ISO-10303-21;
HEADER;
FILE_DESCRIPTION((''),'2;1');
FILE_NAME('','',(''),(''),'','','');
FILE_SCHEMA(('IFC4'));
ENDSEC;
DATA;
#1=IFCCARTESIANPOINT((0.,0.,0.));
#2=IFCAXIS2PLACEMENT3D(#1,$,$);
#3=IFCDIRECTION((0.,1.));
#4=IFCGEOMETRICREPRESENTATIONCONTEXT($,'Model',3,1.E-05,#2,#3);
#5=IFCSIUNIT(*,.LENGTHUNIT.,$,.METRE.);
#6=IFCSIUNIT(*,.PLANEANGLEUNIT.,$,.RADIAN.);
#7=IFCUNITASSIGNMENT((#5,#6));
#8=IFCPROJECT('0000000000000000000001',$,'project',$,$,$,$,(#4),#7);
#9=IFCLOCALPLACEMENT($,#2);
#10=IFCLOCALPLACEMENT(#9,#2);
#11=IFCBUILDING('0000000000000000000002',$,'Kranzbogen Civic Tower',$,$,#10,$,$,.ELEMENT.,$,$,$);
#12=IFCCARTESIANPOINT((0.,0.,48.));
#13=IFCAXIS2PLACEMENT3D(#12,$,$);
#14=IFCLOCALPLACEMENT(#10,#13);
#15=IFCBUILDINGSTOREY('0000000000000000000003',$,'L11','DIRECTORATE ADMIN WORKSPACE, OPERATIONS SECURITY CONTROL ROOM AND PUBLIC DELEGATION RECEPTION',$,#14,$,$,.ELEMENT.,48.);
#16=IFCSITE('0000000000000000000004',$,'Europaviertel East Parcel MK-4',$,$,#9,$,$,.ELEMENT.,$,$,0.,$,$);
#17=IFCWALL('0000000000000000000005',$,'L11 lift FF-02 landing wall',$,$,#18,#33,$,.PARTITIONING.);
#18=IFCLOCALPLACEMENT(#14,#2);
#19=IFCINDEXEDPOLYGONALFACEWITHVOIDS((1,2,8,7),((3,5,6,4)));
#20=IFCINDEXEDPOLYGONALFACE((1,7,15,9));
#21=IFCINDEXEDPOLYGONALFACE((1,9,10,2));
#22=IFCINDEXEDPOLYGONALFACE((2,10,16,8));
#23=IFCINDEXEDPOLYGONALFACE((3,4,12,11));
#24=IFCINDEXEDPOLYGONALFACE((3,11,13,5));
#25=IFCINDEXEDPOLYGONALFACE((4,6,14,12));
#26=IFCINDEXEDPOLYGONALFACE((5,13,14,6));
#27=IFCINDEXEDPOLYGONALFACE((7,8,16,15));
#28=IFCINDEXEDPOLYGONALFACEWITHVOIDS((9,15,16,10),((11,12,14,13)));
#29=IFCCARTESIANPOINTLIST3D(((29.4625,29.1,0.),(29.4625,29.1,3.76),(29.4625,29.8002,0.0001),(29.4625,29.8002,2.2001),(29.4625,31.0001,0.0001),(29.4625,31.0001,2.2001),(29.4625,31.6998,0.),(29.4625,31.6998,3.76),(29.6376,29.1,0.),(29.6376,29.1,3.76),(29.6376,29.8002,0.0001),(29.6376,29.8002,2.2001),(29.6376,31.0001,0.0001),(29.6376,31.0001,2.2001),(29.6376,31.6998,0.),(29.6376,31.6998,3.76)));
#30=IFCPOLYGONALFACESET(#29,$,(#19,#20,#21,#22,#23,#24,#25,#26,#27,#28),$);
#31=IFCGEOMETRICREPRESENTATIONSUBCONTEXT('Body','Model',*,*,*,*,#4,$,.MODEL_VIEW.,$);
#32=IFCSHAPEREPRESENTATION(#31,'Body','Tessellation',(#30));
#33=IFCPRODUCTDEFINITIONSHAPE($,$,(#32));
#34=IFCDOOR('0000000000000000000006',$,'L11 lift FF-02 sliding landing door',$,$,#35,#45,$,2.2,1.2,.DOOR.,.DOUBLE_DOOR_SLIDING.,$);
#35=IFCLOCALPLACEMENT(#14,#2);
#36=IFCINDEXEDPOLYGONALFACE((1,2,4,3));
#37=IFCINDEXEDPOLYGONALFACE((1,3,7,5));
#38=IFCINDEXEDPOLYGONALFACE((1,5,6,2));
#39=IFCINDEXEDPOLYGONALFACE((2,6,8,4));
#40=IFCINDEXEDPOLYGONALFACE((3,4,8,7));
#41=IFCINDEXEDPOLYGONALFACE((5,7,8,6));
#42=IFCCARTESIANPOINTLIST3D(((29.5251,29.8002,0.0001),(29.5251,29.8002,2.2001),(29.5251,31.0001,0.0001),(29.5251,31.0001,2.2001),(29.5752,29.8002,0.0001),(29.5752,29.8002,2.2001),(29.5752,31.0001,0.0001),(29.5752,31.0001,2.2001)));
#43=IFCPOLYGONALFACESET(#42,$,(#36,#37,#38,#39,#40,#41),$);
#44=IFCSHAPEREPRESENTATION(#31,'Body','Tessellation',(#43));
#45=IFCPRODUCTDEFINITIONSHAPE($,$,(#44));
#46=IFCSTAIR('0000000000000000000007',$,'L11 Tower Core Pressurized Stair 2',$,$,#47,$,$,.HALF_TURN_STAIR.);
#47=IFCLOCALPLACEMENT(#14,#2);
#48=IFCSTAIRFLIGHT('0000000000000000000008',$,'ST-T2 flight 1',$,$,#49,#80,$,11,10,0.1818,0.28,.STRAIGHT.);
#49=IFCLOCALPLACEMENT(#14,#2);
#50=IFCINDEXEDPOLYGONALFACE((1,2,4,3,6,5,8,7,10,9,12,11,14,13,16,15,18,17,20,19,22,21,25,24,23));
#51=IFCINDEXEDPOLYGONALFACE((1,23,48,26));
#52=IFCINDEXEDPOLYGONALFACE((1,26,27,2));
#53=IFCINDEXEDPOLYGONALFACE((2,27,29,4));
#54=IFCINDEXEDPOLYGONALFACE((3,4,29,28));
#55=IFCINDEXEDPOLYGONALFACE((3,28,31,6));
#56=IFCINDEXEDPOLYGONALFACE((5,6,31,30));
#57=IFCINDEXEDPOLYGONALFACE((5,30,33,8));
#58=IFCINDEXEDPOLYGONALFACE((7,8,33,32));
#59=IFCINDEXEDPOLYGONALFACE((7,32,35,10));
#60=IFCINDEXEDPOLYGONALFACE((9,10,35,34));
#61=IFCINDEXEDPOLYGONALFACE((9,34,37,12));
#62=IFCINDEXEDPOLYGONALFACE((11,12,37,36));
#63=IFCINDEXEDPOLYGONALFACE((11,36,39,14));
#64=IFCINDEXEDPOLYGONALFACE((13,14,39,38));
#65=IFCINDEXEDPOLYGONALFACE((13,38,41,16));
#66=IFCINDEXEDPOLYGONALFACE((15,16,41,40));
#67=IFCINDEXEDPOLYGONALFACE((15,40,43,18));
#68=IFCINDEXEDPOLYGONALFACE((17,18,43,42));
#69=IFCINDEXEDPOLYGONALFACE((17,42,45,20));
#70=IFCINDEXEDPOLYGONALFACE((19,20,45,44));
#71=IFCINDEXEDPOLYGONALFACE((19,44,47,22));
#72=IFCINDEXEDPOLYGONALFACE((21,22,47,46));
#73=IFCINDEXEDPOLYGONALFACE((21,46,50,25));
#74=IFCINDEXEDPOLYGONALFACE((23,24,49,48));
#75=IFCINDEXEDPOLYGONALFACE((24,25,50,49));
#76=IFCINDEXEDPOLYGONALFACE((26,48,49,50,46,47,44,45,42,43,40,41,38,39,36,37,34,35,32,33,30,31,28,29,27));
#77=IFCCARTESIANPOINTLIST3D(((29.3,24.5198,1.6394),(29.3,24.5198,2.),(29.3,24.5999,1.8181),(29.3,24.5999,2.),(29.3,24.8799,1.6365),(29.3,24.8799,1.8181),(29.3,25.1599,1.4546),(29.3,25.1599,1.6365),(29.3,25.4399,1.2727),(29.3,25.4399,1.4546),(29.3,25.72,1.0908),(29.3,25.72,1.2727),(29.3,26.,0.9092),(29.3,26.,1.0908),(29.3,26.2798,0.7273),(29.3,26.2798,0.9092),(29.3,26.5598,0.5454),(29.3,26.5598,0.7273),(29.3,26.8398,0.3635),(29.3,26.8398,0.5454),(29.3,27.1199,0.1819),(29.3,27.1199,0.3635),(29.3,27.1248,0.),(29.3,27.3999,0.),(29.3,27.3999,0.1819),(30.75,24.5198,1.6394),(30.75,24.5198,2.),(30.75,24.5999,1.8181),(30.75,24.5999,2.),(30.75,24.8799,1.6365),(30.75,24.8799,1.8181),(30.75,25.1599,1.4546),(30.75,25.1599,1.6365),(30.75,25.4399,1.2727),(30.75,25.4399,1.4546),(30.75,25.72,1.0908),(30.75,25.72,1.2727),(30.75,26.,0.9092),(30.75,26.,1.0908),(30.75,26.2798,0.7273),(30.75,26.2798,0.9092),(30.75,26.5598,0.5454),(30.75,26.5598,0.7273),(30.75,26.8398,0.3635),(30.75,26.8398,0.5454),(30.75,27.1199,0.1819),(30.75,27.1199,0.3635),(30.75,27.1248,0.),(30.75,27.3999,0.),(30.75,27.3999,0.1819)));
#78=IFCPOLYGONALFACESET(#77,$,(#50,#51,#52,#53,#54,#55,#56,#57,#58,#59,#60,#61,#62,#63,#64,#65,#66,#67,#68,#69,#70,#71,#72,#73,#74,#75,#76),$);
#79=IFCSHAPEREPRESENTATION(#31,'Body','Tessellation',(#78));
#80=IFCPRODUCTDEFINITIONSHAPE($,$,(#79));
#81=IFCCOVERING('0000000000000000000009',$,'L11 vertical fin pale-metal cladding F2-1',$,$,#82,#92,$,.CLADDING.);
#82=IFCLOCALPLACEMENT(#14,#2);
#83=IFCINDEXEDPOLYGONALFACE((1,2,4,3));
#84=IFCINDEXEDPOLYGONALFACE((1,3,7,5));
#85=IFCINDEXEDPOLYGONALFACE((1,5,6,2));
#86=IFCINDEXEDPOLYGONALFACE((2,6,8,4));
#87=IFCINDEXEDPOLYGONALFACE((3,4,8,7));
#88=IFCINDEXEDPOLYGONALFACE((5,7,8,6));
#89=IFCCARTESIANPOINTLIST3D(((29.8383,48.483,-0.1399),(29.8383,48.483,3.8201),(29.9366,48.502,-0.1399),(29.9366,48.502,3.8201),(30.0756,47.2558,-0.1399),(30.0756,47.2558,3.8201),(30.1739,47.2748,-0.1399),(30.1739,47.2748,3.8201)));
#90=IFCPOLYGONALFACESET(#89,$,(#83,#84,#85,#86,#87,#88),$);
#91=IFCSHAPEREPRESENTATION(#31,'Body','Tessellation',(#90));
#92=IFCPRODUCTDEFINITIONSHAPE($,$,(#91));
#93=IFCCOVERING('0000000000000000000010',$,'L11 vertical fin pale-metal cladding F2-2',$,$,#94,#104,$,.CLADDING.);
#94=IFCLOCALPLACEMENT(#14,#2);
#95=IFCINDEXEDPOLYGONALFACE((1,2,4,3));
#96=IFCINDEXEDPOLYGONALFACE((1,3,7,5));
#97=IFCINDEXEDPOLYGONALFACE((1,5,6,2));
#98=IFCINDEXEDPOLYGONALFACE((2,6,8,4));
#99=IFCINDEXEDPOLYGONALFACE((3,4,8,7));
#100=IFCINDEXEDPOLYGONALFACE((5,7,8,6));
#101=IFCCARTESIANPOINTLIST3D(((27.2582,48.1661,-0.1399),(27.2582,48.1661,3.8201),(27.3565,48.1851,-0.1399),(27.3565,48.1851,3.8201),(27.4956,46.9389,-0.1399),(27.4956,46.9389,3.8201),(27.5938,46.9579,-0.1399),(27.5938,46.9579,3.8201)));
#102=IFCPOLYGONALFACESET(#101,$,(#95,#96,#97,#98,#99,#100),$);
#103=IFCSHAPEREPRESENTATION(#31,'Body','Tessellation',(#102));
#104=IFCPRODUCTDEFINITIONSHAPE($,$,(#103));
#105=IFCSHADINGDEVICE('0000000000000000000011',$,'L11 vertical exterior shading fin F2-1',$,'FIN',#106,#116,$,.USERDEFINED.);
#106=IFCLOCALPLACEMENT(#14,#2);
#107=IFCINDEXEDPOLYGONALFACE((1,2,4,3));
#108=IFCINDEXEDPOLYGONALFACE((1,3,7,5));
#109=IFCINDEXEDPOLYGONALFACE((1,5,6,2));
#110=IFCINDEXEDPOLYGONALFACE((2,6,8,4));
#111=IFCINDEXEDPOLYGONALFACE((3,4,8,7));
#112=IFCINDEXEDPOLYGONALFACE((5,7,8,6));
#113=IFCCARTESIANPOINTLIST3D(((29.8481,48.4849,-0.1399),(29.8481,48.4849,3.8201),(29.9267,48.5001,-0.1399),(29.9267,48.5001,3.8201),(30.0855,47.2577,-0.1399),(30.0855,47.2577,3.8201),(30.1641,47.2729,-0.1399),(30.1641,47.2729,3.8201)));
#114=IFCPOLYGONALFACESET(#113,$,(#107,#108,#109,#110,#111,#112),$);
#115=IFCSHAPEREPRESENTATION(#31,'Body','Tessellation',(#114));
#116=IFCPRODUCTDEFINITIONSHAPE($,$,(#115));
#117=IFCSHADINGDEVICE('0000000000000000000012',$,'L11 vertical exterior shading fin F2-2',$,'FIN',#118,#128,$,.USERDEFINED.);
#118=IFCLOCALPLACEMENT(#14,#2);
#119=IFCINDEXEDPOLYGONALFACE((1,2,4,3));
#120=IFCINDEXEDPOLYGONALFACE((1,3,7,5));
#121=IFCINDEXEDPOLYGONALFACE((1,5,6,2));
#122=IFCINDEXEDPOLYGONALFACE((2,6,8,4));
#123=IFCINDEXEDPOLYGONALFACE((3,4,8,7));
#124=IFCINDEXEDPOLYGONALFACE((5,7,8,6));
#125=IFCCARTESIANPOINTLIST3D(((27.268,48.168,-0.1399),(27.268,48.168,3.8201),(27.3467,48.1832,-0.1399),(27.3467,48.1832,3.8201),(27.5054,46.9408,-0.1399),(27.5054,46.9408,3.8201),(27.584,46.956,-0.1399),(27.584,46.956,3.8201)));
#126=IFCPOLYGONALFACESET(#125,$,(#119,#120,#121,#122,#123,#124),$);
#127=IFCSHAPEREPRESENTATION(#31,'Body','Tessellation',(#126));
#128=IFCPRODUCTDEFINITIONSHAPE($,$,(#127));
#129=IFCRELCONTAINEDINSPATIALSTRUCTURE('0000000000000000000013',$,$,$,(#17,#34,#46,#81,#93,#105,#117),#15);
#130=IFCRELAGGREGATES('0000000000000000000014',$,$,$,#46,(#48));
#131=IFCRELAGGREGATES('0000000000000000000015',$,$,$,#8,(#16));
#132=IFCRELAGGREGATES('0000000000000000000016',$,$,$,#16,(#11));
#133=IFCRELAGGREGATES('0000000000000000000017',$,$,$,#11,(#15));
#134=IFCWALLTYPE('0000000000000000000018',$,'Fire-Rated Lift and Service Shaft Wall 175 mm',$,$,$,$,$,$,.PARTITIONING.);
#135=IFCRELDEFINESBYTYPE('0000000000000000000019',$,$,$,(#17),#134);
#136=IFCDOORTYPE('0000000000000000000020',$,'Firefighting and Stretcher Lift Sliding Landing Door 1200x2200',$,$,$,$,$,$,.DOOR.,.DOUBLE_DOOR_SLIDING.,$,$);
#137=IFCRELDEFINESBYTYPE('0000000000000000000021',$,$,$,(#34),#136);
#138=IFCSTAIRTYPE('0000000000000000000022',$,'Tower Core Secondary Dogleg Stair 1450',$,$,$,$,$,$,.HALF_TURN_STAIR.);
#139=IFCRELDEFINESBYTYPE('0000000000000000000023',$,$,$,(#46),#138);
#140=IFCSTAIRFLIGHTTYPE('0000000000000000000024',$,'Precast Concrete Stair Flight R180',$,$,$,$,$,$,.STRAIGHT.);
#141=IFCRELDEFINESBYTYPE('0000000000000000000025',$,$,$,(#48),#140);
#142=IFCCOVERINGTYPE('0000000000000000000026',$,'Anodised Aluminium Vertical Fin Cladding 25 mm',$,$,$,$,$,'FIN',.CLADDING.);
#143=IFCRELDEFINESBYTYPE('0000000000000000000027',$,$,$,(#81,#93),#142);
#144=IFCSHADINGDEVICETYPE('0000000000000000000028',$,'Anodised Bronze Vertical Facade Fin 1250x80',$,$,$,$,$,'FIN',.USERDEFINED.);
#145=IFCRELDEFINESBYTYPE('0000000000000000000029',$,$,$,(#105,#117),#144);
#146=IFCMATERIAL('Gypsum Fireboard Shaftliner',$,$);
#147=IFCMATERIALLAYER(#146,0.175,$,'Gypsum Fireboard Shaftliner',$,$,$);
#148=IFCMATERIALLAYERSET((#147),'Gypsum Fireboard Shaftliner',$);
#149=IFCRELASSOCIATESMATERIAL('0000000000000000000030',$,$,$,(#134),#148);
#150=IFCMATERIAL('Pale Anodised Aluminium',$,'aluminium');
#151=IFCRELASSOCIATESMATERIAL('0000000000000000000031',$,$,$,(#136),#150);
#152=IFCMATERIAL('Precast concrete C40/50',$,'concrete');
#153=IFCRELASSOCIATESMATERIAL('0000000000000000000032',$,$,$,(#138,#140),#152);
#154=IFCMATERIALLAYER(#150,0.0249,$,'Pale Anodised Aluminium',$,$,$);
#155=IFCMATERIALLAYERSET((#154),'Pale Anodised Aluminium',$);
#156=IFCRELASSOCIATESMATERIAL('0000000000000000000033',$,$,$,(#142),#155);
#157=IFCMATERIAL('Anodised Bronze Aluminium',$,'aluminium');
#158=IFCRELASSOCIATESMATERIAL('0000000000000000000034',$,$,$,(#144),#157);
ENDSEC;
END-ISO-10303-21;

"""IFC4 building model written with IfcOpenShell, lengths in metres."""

from ifc_helpers import new_model, si_unit, direction, frame, frame_2d, origin, origin_2d, place, context, subcontext, project, spatial, polyline, rectangle, outline, extrude, material, layer, layer_set, type_object, element, fill, aggregate, save


model = new_model("IFC4")

# Units and contexts
model_context = context("Model", 3, precision=1e-05, world=origin(), true_north=direction((0.0, 1.0)))
body_context = subcontext(model_context, "Body", "Model", "MODEL_VIEW")
ifc_project = project(units=[si_unit("LENGTHUNIT", "METRE"), si_unit("PLANEANGLEUNIT", "RADIAN")], contexts=[model_context])

# Site, building, storey
site_placement = place(None, origin())
site = spatial("IfcSite", under=ifc_project, at=site_placement, Name="Europaviertel East Parcel MK-4", CompositionType="ELEMENT", RefElevation=0.0)
building_placement = place(site_placement, origin())
building = spatial("IfcBuilding", under=site, at=building_placement, Name="Kranzbogen Civic Tower", CompositionType="ELEMENT")
storey_placement = place(building_placement, frame((0.0, 0.0, 48.0)))
storey = spatial("IfcBuildingStorey", under=building, at=storey_placement, Name="L11", Description="DIRECTORATE ADMIN WORKSPACE, OPERATIONS SECURITY CONTROL ROOM AND PUBLIC DELEGATION RECEPTION", CompositionType="ELEMENT", Elevation=48.0)

# Shared definitions
ifc_material_1 = material(Name="Pale Anodised Aluminium", Category="aluminium")

# Shared definitions
ifc_material_2 = material(Name="Gypsum Fireboard Shaftliner")
ifc_layer_1 = layer(ifc_material_2, 0.175, Name="Gypsum Fireboard Shaftliner")
ifc_layer_set_1 = layer_set([ifc_layer_1], Name="Gypsum Fireboard Shaftliner")
wall_type_1 = type_object("IfcWallType", Name="Fire-Rated Lift and Service Shaft Wall 175 mm", PredefinedType="PARTITIONING", material=ifc_layer_set_1)

# Wall, opening, door
wall_1_placement = place(storey_placement, frame((29.55, 29.1001, 0.0), z_axis=(0.0, 0.0, 1.0), x_axis=(0.0, 1.0, 0.0)))
wall_1 = element("IfcWall", 1, at=wall_1_placement, inside=storey, type_object=wall_type_1, Name="L11 lift FF-02 landing wall", PredefinedType="PARTITIONING", context=body_context, shape_type="SweptSolid", body=[
    extrude(rectangle(XDim=2.5999, YDim=0.175, at=frame_2d((1.2998, 0.0))), origin(), (0.0, 0.0, 1.0), 3.76),
])
opening_1_placement = place(wall_1_placement, frame((0.7, 0.0, 0.0)))
opening_1 = element("IfcOpeningElement", 2, at=opening_1_placement, cuts=wall_1, PredefinedType="OPENING", context=body_context, shape_type="SweptSolid", body=[
    extrude(rectangle(XDim=1.2, YDim=2.2, at=frame_2d((0.6001, 1.1001))), frame((0.0, 0.0977, 0.0), z_axis=(0.0, -1.0, 0.0), x_axis=(1.0, 0.0, 0.0)), (0.0, 0.0, 1.0), 0.1951),
])
door_type_1 = type_object("IfcDoorType", Name="Firefighting and Stretcher Lift Sliding Landing Door 1200x2200", OperationType="DOUBLE_DOOR_SLIDING", PredefinedType="DOOR", material=ifc_material_1)
door_1_placement = place(opening_1_placement, origin())
door_1 = element("IfcDoor", 3, at=door_1_placement, inside=storey, type_object=door_type_1, Name="L11 lift FF-02 sliding landing door", OperationType="DOUBLE_DOOR_SLIDING", OverallHeight=2.2, OverallWidth=1.2, PredefinedType="DOOR", context=body_context, shape_type="SweptSolid", body=[
    extrude(rectangle(XDim=1.2, YDim=2.2, at=frame_2d((0.6001, 1.1001))), frame((0.0, 0.0249, 0.0), z_axis=(0.0, -1.0, 0.0), x_axis=(1.0, 0.0, 0.0)), (0.0, 0.0, 1.0), 0.05),
])
fill(opening_1, door_1)

# Stair, stair flight
ifc_material_3 = material(Name="Precast concrete C40/50", Category="concrete")
stair_type = type_object("IfcStairType", Name="Tower Core Secondary Dogleg Stair 1450", PredefinedType="HALF_TURN_STAIR", material=ifc_material_3)
stair_placement = place(storey_placement, origin())
stair = element("IfcStair", 4, at=stair_placement, inside=storey, type_object=stair_type, Name="L11 Tower Core Pressurized Stair 2", PredefinedType="HALF_TURN_STAIR")
stair_flight_type = type_object("IfcStairFlightType", Name="Precast Concrete Stair Flight R180", PredefinedType="STRAIGHT", material=ifc_material_3)
stair_flight_placement = place(storey_placement, frame((30.0249, 27.3999, 0.0), z_axis=(0.0, 0.0, 1.0), x_axis=(0.0, -1.0, 0.0)))
stair_flight = element("IfcStairFlight", 5, at=stair_flight_placement, type_object=stair_flight_type, Name="ST-T2 flight 1", NumberOfRisers=11, NumberOfTreads=10, PredefinedType="STRAIGHT", RiserHeight=0.1818, TreadLength=0.28, context=body_context, shape_type="SweptSolid", body=[
    extrude(outline(polyline([(0.0, 0.0), (0.0, 0.1819), (0.28, 0.1819), (0.28, 0.3635), (0.5601, 0.3635), (0.5601, 0.5454), (0.8401, 0.5454), (0.8401, 0.7273), (1.1201, 0.7273), (1.1201, 0.9092), (1.3999, 0.9092), (1.3999, 1.0908), (1.6799, 1.0908), (1.6799, 1.2727), (1.96, 1.2727), (1.96, 1.4546), (2.24, 1.4546), (2.24, 1.6365), (2.52, 1.6365), (2.52, 1.8181), (2.8, 1.8181), (2.8, 2.0), (2.8801, 2.0), (2.8801, 1.6394), (0.2751, 0.0), (0.0, 0.0)])), frame((0.0, 0.7251, 0.0), z_axis=(0.0, -1.0, 0.0), x_axis=(1.0, 0.0, 0.0)), (0.0, 0.0, 1.0), 1.45),
])
aggregate(stair, [stair_flight])

# Coverings
ifc_layer_2 = layer(ifc_material_1, 0.0249, Name="Pale Anodised Aluminium")
ifc_layer_set_2 = layer_set([ifc_layer_2], Name="Pale Anodised Aluminium")
covering_type = type_object("IfcCoveringType", Name="Anodised Aluminium Vertical Fin Cladding 25 mm", ElementType="FIN", PredefinedType="CLADDING", material=ifc_layer_set_2)
for number, where, z_axis, x_axis, name in (
    (6, (30.0061, 47.8789, -0.1399), (0.0, 0.0, 1.0), (-0.189867, 0.98181, 0.0), "L11 vertical fin pale-metal cladding F2-1"),
    (7, (27.426, 47.562, -0.1399), (0.0, 0.0, 1.0), (-0.189867, 0.98181, 0.0), "L11 vertical fin pale-metal cladding F2-2"),
):
    element("IfcCovering", number, at=place(storey_placement, frame(where, z_axis=z_axis, x_axis=x_axis)), inside=storey, type_object=covering_type, Name=name, PredefinedType="CLADDING", context=body_context, shape_type="SweptSolid", body=[
        extrude(rectangle(XDim=1.25, YDim=0.1001, at=origin_2d()), origin(), (0.0, 0.0, 1.0), 3.96),
    ])

# Shading devices
ifc_material_4 = material(Name="Anodised Bronze Aluminium", Category="aluminium")
shading_device_type = type_object("IfcShadingDeviceType", Name="Anodised Bronze Vertical Facade Fin 1250x80", ElementType="FIN", PredefinedType="USERDEFINED", material=ifc_material_4)
for number, where, z_axis, x_axis, name in (
    (8, (30.0061, 47.8789, -0.1399), (0.0, 0.0, 1.0), (-0.189867, 0.98181, 0.0), "L11 vertical exterior shading fin F2-1"),
    (9, (27.426, 47.562, -0.1399), (0.0, 0.0, 1.0), (-0.189867, 0.98181, 0.0), "L11 vertical exterior shading fin F2-2"),
):
    element("IfcShadingDevice", number, at=place(storey_placement, frame(where, z_axis=z_axis, x_axis=x_axis)), inside=storey, type_object=shading_device_type, Name=name, ObjectType="FIN", PredefinedType="USERDEFINED", context=body_context, shape_type="SweptSolid", body=[
        extrude(rectangle(XDim=1.25, YDim=0.0801, at=origin_2d()), origin(), (0.0, 0.0, 1.0), 3.96),
    ])

save(model, "model.ifc")
